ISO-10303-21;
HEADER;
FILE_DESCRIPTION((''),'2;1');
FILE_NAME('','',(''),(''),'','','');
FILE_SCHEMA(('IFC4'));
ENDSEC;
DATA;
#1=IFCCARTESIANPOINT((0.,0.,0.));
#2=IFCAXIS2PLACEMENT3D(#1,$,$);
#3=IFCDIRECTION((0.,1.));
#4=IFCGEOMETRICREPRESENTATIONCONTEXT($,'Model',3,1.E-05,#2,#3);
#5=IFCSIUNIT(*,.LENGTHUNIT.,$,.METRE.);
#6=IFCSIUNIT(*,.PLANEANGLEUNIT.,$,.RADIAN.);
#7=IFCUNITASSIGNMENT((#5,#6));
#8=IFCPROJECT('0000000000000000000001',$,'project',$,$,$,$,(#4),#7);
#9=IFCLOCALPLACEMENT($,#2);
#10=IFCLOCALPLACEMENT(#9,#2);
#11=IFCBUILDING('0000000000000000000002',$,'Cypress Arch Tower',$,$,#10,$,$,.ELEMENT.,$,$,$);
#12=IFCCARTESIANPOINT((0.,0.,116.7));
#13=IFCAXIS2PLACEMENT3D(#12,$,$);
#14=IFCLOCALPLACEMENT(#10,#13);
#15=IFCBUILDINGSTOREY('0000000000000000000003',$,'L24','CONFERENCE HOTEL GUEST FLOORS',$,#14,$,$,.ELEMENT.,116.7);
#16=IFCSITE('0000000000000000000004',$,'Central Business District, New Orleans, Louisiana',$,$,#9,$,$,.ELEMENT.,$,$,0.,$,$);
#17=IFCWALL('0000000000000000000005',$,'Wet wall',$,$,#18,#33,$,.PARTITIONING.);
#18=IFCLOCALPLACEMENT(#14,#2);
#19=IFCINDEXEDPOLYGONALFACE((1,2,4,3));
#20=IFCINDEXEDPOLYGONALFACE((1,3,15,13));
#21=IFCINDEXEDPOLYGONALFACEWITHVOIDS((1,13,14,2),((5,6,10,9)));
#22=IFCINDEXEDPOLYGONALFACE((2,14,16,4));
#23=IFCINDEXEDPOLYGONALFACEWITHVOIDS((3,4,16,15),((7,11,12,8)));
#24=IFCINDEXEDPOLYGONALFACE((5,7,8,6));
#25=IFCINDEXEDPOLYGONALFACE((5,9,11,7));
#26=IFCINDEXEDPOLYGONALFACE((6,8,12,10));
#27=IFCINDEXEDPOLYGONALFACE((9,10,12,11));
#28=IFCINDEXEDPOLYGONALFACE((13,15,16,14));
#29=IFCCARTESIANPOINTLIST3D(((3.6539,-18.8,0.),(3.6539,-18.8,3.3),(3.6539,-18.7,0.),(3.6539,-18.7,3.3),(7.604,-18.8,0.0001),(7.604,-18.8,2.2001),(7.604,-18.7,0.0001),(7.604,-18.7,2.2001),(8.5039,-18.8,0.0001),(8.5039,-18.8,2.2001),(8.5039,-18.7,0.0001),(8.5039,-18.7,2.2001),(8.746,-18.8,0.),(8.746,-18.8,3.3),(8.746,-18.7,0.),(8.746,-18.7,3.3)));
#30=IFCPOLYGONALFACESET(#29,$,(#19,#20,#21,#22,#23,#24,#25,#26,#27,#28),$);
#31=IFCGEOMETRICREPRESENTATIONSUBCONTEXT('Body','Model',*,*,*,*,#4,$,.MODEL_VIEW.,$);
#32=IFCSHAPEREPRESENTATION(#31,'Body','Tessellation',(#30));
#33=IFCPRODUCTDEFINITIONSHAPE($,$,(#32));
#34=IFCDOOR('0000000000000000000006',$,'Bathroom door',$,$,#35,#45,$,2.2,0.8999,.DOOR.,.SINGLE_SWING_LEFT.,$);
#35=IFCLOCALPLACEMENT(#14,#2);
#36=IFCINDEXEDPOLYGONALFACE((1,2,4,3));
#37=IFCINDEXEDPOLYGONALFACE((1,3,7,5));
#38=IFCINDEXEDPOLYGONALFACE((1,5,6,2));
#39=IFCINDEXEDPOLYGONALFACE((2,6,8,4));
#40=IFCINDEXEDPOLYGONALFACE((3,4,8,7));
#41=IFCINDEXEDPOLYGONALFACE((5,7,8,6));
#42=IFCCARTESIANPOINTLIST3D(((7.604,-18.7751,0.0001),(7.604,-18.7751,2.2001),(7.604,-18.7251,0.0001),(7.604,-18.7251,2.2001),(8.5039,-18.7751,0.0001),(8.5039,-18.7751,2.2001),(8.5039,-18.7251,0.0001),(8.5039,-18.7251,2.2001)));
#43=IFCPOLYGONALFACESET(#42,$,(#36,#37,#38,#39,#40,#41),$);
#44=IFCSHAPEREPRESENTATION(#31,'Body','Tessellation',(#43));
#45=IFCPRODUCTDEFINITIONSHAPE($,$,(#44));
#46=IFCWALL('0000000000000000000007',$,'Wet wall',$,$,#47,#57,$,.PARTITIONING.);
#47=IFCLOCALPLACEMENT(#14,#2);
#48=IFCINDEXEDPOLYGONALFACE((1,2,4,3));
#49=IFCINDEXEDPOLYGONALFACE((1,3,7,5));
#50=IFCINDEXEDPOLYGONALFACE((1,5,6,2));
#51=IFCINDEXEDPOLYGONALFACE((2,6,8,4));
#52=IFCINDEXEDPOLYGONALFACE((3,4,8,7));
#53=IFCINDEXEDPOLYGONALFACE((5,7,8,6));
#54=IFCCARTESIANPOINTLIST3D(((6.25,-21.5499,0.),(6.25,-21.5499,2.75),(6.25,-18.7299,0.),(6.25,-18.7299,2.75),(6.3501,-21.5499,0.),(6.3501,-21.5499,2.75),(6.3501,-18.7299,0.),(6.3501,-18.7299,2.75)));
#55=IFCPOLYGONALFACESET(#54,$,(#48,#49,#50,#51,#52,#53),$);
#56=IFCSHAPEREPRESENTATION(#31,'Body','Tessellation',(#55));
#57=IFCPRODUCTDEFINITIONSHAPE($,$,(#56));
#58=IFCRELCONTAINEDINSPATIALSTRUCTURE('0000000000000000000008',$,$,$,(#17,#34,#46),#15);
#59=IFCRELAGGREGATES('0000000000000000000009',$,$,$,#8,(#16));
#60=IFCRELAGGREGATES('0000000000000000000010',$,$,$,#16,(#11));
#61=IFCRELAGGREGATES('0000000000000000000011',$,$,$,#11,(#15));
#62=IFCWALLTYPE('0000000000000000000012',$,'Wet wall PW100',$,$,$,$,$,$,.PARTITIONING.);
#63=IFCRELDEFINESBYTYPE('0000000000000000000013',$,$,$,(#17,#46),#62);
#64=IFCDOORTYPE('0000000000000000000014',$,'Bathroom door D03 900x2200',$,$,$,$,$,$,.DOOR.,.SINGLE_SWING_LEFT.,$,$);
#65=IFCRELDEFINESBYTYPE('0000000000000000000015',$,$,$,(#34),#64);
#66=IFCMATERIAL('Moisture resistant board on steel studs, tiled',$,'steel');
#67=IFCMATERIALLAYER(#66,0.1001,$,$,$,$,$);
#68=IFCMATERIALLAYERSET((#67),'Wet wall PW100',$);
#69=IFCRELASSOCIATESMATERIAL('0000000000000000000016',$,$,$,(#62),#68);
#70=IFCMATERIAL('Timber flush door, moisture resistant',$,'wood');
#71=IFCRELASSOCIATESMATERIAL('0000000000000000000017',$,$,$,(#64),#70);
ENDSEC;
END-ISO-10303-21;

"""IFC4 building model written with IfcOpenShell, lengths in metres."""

from ifc_helpers import new_model, si_unit, direction, frame, frame_2d, origin, place, context, subcontext, project, spatial, rectangle, extrude, material, layer, layer_set, type_object, element, fill, save


model = new_model("IFC4")

# Units and contexts
model_context = context("Model", 3, precision=1e-05, world=origin(), true_north=direction((0.0, 1.0)))
body_context = subcontext(model_context, "Body", "Model", "MODEL_VIEW")
ifc_project = project(units=[si_unit("LENGTHUNIT", "METRE"), si_unit("PLANEANGLEUNIT", "RADIAN")], contexts=[model_context])

# Site, building, storey
site_placement = place(None, origin())
site = spatial("IfcSite", under=ifc_project, at=site_placement, Name="Central Business District, New Orleans, Louisiana", CompositionType="ELEMENT", RefElevation=0.0)
building_placement = place(site_placement, origin())
building = spatial("IfcBuilding", under=site, at=building_placement, Name="Cypress Arch Tower", CompositionType="ELEMENT")
storey_placement = place(building_placement, frame((0.0, 0.0, 116.7)))
storey = spatial("IfcBuildingStorey", under=building, at=storey_placement, Name="L24", Description="CONFERENCE HOTEL GUEST FLOORS", CompositionType="ELEMENT", Elevation=116.7)

# Shared definitions
ifc_material_1 = material(Name="Moisture resistant board on steel studs, tiled", Category="steel")
ifc_layer_1 = layer(ifc_material_1, 0.1001)
ifc_layer_set_1 = layer_set([ifc_layer_1], Name="Wet wall PW100")
wall_type_1 = type_object("IfcWallType", Name="Wet wall PW100", PredefinedType="PARTITIONING", material=ifc_layer_set_1)

# Shared definitions
ifc_material_2 = material(Name="Timber flush door, moisture resistant", Category="wood")
door_type_1 = type_object("IfcDoorType", Name="Bathroom door D03 900x2200", OperationType="SINGLE_SWING_LEFT", PredefinedType="DOOR", material=ifc_material_2)

# Wall, opening, door
wall_1_placement = place(storey_placement, frame((3.6541, -18.75, 0.0), z_axis=(0.0, 0.0, 1.0), x_axis=(1.0, 0.0, 0.0)))
wall_1 = element("IfcWall", 1, at=wall_1_placement, inside=storey, type_object=wall_type_1, Name="Wet wall", PredefinedType="PARTITIONING", context=body_context, shape_type="SweptSolid", body=[
    extrude(rectangle(XDim=5.092, YDim=0.1001, at=frame_2d((2.5459, 0.0))), origin(), (0.0, 0.0, 1.0), 3.3),
])
opening_1_placement = place(wall_1_placement, frame((3.95, 0.0, 0.0)))
opening_1 = element("IfcOpeningElement", 2, at=opening_1_placement, cuts=wall_1, PredefinedType="OPENING", context=body_context, shape_type="SweptSolid", body=[
    extrude(rectangle(XDim=0.8999, YDim=2.2, at=frame_2d((0.45, 1.1001))), frame((0.0, 0.0601, 0.0), z_axis=(0.0, -1.0, 0.0), x_axis=(1.0, 0.0, 0.0)), (0.0, 0.0, 1.0), 0.1201),
])
door_1_placement = place(opening_1_placement, origin())
door_1 = element("IfcDoor", 3, at=door_1_placement, inside=storey, type_object=door_type_1, Name="Bathroom door", OperationType="SINGLE_SWING_LEFT", OverallHeight=2.2, OverallWidth=0.8999, PredefinedType="DOOR", context=body_context, shape_type="SweptSolid", body=[
    extrude(rectangle(XDim=0.8999, YDim=2.2, at=frame_2d((0.45, 1.1001))), frame((0.0, 0.0249, 0.0), z_axis=(0.0, -1.0, 0.0), x_axis=(1.0, 0.0, 0.0)), (0.0, 0.0, 1.0), 0.05),
])
fill(opening_1, door_1)

# Wall
wall_2_placement = place(storey_placement, frame((6.3, -21.55, 0.0), z_axis=(0.0, 0.0, 1.0), x_axis=(0.0, 1.0, 0.0)))
element("IfcWall", 4, at=wall_2_placement, inside=storey, type_object=wall_type_1, Name="Wet wall", PredefinedType="PARTITIONING", context=body_context, shape_type="SweptSolid", body=[
    extrude(rectangle(XDim=2.8201, YDim=0.1001, at=frame_2d((1.4102, 0.0))), origin(), (0.0, 0.0, 1.0), 2.75),
])

save(model, "model.ifc")
